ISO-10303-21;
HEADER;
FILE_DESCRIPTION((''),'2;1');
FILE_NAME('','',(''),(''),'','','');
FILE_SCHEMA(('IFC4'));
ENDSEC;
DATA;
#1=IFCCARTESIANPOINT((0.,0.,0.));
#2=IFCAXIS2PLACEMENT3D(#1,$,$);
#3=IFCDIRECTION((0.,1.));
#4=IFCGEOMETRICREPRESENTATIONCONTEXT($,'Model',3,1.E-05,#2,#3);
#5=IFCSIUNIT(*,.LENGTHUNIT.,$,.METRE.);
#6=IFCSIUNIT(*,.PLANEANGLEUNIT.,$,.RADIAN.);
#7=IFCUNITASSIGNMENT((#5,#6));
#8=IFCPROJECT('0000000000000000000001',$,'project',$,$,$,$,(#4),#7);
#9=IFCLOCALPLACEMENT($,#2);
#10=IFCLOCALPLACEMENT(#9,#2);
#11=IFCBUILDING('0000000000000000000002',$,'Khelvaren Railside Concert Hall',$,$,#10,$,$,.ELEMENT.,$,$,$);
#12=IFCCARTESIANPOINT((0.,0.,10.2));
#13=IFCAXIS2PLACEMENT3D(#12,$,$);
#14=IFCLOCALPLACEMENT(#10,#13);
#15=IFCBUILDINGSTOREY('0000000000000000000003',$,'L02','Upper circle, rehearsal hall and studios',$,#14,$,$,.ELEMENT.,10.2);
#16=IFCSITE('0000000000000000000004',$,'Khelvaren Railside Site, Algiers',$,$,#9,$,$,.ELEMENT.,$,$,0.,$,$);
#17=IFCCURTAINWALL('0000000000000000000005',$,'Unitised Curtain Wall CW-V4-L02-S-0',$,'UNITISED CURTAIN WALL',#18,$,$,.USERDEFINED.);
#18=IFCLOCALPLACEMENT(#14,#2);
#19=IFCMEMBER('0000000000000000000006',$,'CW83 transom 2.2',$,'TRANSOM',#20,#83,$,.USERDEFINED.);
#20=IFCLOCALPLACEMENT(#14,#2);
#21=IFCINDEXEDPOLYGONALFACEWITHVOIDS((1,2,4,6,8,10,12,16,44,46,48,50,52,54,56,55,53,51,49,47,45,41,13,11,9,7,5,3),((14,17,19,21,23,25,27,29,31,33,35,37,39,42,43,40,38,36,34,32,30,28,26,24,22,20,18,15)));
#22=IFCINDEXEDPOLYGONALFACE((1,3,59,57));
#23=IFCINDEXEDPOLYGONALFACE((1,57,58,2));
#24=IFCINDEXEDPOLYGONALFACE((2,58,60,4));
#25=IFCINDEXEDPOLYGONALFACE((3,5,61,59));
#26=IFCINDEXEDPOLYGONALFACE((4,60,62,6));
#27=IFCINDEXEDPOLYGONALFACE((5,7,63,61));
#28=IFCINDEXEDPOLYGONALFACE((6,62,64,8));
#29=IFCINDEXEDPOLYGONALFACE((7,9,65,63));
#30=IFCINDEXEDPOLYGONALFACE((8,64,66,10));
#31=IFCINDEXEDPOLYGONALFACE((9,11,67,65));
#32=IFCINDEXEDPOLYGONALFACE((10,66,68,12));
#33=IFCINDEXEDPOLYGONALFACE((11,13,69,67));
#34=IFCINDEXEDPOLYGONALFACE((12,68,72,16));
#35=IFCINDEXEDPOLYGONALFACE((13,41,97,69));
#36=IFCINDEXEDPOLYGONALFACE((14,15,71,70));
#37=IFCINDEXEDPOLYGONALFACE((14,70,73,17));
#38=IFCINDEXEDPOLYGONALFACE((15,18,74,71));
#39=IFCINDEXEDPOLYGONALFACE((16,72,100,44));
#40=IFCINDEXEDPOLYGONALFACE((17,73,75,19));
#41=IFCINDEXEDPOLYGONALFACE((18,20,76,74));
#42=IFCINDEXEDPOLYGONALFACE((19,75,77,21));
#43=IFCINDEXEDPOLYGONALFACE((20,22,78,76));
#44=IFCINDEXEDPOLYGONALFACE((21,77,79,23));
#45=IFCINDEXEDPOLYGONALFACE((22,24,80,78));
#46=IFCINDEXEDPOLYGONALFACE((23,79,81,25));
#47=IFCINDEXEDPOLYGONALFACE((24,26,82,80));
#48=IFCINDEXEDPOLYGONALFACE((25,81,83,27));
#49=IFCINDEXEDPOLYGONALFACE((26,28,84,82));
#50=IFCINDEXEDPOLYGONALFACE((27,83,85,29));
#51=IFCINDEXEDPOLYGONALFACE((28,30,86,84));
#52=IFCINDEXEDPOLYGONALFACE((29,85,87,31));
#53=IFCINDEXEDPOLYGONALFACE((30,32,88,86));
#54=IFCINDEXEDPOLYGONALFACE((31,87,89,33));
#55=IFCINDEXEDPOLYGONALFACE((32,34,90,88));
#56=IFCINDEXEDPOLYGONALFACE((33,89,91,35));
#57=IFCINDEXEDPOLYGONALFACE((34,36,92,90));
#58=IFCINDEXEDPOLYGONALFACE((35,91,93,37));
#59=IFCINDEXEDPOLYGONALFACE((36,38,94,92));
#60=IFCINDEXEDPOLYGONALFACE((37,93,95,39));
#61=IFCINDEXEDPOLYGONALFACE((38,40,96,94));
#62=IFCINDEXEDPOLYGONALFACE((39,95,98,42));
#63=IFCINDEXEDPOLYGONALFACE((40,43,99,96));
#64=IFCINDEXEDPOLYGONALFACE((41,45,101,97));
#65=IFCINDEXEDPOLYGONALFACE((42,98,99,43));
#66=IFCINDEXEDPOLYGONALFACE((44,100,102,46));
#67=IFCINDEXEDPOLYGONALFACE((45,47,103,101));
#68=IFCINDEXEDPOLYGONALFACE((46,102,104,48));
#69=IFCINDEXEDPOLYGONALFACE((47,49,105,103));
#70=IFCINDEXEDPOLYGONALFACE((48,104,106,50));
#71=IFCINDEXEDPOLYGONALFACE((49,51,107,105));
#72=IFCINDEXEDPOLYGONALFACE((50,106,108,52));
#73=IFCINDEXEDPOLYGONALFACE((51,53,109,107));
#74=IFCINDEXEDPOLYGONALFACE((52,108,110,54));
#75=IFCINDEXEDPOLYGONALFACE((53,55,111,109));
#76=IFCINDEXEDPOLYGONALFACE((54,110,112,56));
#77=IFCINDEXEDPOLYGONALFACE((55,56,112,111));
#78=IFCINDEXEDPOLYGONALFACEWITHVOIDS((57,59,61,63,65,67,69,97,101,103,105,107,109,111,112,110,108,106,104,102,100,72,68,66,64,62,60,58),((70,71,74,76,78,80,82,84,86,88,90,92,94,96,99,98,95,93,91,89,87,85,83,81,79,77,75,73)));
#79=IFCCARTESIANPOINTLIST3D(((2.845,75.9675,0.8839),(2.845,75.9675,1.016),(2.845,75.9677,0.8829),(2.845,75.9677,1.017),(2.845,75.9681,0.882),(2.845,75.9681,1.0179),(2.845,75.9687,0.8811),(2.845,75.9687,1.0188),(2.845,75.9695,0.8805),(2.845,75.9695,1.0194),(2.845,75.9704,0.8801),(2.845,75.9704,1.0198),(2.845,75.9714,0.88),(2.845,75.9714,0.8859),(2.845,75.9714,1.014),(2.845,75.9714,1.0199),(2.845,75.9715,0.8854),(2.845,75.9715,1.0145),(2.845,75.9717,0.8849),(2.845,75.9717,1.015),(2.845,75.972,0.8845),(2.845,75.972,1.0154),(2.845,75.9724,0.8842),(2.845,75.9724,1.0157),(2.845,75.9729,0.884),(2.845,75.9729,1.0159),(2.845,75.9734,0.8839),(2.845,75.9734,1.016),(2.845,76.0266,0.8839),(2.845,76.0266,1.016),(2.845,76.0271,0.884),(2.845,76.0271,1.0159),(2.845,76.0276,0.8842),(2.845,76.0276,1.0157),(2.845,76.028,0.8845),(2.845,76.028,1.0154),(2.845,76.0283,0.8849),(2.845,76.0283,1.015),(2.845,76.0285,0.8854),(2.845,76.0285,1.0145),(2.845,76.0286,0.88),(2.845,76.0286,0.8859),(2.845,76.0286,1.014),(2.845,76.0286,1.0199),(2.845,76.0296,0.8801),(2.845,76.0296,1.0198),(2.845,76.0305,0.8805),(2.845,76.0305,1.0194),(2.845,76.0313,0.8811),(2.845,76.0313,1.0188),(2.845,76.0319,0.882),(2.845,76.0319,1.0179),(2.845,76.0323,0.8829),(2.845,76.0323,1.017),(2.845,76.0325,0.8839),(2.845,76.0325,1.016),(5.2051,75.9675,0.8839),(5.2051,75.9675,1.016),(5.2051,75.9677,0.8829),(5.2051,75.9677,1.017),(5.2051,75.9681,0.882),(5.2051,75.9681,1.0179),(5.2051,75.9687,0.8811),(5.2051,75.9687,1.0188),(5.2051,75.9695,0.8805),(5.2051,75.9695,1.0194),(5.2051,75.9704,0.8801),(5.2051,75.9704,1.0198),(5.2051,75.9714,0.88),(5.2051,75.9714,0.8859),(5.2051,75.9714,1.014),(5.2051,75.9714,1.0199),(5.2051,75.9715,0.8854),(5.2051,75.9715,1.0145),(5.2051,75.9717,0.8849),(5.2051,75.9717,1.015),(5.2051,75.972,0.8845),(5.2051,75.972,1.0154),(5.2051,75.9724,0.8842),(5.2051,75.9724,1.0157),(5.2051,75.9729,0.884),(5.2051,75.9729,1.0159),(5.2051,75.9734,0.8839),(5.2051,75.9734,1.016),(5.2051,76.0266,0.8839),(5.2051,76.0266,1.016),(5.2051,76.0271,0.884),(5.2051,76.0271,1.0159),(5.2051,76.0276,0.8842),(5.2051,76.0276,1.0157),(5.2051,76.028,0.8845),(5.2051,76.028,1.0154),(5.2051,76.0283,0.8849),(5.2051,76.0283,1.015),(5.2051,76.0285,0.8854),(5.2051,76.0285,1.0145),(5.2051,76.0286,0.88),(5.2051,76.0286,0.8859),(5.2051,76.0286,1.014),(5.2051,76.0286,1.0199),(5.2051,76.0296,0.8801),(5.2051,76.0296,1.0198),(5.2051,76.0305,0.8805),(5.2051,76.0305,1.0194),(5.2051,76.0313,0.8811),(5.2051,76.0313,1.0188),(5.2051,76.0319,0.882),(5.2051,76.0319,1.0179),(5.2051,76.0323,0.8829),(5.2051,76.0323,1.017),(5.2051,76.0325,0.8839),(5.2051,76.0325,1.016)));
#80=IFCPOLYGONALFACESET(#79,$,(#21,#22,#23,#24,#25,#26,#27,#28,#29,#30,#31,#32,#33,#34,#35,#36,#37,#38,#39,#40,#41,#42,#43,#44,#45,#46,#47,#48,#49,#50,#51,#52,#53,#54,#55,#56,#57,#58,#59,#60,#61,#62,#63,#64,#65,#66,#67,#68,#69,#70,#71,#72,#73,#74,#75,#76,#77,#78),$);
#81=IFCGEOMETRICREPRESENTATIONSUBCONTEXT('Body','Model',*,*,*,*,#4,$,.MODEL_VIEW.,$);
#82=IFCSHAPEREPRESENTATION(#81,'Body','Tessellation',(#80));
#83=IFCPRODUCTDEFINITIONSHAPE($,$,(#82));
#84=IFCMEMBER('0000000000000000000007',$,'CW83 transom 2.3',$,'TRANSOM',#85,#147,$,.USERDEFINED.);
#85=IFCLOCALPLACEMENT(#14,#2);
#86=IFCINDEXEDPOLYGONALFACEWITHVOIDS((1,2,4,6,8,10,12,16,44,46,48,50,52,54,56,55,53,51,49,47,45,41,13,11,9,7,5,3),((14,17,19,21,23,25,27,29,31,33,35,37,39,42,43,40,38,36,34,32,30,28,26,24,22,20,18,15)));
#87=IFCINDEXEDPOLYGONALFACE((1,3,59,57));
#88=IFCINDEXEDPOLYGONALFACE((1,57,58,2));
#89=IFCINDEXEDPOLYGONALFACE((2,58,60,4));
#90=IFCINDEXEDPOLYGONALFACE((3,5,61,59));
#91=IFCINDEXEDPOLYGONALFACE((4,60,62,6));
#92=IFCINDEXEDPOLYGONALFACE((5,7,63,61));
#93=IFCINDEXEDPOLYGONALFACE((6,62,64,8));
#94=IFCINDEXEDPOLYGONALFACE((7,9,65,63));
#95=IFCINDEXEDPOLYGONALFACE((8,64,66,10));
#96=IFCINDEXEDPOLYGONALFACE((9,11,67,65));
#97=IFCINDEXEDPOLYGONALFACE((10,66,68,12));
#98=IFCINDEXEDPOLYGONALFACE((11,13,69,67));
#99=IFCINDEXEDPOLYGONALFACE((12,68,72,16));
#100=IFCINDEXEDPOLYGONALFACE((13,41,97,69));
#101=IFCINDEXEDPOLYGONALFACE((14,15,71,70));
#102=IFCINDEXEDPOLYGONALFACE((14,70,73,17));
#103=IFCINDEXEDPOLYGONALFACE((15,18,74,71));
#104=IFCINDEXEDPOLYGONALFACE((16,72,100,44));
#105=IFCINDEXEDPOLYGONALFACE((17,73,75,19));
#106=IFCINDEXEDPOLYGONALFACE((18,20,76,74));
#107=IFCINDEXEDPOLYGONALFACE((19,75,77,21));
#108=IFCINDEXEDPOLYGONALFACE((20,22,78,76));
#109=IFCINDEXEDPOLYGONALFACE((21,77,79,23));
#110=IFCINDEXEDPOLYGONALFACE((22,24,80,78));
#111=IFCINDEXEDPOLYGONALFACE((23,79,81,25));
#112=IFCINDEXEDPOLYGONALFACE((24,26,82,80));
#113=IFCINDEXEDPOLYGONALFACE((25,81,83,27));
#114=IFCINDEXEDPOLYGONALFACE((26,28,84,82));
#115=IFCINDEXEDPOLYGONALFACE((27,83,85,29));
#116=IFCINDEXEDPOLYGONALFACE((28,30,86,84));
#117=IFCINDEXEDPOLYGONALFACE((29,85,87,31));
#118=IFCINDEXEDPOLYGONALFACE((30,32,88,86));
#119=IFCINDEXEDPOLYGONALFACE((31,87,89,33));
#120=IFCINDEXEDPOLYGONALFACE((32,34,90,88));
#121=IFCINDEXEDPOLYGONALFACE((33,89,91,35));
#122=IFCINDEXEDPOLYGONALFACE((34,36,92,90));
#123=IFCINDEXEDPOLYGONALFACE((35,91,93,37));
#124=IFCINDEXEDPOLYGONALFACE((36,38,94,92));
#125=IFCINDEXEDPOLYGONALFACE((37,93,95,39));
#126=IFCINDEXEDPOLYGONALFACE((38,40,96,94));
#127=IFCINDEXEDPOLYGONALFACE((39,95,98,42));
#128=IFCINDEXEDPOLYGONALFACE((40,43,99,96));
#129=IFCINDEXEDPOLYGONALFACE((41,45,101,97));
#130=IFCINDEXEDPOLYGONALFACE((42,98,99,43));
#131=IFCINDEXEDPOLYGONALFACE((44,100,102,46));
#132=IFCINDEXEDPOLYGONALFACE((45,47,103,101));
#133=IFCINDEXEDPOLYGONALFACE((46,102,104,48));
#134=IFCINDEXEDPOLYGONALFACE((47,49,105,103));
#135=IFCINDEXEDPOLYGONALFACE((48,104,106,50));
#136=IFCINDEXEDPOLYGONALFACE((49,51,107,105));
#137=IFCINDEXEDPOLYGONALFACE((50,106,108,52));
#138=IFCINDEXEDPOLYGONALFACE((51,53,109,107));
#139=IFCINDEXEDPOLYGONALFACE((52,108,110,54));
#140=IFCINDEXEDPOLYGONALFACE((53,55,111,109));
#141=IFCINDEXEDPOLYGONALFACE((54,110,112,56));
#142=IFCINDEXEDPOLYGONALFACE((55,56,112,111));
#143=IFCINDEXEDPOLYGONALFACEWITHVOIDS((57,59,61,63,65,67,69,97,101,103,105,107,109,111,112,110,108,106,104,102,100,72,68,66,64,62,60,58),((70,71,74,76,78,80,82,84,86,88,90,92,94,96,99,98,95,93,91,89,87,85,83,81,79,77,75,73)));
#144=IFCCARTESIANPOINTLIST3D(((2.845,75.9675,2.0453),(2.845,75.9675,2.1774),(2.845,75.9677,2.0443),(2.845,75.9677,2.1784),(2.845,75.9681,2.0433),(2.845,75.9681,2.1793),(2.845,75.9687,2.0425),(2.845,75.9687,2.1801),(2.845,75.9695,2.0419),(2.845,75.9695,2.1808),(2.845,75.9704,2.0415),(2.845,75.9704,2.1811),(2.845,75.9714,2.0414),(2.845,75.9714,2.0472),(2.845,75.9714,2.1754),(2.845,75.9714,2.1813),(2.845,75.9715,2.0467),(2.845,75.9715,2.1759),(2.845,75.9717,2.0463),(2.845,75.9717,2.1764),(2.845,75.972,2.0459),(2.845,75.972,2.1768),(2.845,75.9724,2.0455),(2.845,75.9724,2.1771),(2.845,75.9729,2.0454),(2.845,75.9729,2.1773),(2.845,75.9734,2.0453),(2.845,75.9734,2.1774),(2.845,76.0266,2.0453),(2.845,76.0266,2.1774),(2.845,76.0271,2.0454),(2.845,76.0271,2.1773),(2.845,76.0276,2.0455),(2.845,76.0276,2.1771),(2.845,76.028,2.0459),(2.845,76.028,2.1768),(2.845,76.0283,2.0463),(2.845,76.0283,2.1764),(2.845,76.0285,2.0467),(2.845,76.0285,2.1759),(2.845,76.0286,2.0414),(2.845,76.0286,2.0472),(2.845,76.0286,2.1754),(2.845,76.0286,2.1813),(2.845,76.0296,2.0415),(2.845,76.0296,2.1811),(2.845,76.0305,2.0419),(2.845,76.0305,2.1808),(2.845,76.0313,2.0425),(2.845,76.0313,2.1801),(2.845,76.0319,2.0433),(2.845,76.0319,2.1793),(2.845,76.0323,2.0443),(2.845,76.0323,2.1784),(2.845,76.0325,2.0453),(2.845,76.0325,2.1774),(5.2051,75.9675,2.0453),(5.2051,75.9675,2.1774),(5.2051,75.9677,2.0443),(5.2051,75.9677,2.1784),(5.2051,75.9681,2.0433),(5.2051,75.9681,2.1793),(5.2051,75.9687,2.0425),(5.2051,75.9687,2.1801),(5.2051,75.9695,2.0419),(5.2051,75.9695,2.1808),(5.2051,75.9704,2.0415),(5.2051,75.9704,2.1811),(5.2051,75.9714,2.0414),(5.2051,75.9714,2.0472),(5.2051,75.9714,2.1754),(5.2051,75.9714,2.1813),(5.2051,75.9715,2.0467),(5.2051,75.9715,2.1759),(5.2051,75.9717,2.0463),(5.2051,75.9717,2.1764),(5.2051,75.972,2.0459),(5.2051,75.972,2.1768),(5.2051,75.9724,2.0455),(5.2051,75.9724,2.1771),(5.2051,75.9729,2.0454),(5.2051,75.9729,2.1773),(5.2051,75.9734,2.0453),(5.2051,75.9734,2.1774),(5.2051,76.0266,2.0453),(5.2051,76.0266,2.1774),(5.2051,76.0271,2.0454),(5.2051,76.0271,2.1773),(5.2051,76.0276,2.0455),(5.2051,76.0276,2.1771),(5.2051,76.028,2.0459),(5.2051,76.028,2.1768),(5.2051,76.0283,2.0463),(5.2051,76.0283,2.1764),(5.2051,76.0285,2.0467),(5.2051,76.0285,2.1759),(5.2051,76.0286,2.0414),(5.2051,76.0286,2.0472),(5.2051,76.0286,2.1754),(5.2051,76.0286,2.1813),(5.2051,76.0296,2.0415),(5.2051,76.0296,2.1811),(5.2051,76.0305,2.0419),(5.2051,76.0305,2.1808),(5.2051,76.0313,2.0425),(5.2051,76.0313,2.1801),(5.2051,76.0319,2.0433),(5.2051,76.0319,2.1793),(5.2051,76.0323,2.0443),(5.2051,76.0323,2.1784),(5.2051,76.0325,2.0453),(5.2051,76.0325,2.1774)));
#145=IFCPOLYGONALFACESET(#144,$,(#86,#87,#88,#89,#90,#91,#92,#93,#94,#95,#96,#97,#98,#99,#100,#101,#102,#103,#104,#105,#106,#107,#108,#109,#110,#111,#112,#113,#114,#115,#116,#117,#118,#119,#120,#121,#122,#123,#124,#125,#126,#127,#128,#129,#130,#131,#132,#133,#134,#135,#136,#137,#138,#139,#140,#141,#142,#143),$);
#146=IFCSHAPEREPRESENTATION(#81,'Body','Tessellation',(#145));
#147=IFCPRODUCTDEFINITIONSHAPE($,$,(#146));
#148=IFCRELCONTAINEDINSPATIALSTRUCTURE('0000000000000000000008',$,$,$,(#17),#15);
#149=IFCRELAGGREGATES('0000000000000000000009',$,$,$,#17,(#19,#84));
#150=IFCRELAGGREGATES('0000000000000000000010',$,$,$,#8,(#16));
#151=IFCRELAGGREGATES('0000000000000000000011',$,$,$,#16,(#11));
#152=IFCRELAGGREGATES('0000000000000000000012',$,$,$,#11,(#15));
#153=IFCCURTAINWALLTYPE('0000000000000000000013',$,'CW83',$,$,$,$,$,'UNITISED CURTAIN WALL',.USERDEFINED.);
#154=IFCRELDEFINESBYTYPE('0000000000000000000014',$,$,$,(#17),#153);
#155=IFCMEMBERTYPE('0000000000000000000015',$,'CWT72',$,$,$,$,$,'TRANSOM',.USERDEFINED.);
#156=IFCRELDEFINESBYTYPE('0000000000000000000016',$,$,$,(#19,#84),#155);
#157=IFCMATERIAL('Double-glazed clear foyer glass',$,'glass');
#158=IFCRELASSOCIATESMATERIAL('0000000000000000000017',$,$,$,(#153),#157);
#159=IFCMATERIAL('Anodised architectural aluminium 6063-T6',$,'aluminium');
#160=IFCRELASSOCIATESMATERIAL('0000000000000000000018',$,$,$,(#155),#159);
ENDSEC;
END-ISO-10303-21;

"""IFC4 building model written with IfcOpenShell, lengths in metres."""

from ifc_helpers import new_model, si_unit, direction, frame, origin, origin_2d, place, context, subcontext, project, spatial, hollow_rectangle, extrude, material, material_profile, profile_set, type_object, element, aggregate, save


model = new_model("IFC4")

# Units and contexts
model_context = context("Model", 3, precision=1e-05, world=origin(), true_north=direction((0.0, 1.0)))
body_context = subcontext(model_context, "Body", "Model", "MODEL_VIEW")
ifc_project = project(units=[si_unit("LENGTHUNIT", "METRE"), si_unit("PLANEANGLEUNIT", "RADIAN")], contexts=[model_context])

# Site, building, storey
site_placement = place(None, origin())
site = spatial("IfcSite", under=ifc_project, at=site_placement, Name="Khelvaren Railside Site, Algiers", CompositionType="ELEMENT", RefElevation=0.0)
building_placement = place(site_placement, origin())
building = spatial("IfcBuilding", under=site, at=building_placement, Name="Khelvaren Railside Concert Hall", CompositionType="ELEMENT")
storey_placement = place(building_placement, frame((0.0, 0.0, 10.2)))
storey = spatial("IfcBuildingStorey", under=building, at=storey_placement, Name="L02", Description="Upper circle, rehearsal hall and studios", CompositionType="ELEMENT", Elevation=10.2)

# Curtain wall, members
ifc_material_1 = material(Name="Double-glazed clear foyer glass", Category="glass")
curtain_wall_type = type_object("IfcCurtainWallType", Name="CW83", ElementType="UNITISED CURTAIN WALL", PredefinedType="USERDEFINED", material=ifc_material_1)
curtain_wall_placement = place(storey_placement, origin())
curtain_wall = element("IfcCurtainWall", 1, at=curtain_wall_placement, inside=storey, type_object=curtain_wall_type, Name="Unitised Curtain Wall CW-V4-L02-S-0", ObjectType="UNITISED CURTAIN WALL", PredefinedType="USERDEFINED")
ifc_material_2 = material(Name="Anodised architectural aluminium 6063-T6", Category="aluminium")
ifc_material_profile_1 = material_profile(ifc_material_2, hollow_rectangle(XDim=0.0649, YDim=0.1399, WallThickness=0.0039, InnerFilletRadius=0.002, OuterFilletRadius=0.0039, at=origin_2d()), Name="CWT 65x140x4")
ifc_profile_set_1 = profile_set([ifc_material_profile_1], Name="Anodised architectural aluminium 6063-T6")
member_type_1 = type_object("IfcMemberType", Name="CWT72", ElementType="TRANSOM", PredefinedType="USERDEFINED", material=ifc_profile_set_1)
member_1_placement = place(storey_placement, frame((5.2051, 76.0, 0.95), z_axis=(-1.0, 0.0, 0.0), x_axis=(0.0, -1.0, 0.0)))
member_1 = element("IfcMember", 2, at=member_1_placement, type_object=member_type_1, Name="CW83 transom 2.2", ObjectType="TRANSOM", PredefinedType="USERDEFINED", context=body_context, shape_type="SweptSolid", body=[
    extrude(hollow_rectangle(XDim=0.0649, YDim=0.1399, WallThickness=0.0039, InnerFilletRadius=0.002, OuterFilletRadius=0.0039, at=origin_2d()), origin(), (0.0, 0.0, 1.0), 2.3601),
])
member_2_placement = place(storey_placement, frame((5.2051, 76.0, 2.1113), z_axis=(-1.0, 0.0, 0.0), x_axis=(0.0, -1.0, 0.0)))
member_2 = element("IfcMember", 3, at=member_2_placement, type_object=member_type_1, Name="CW83 transom 2.3", ObjectType="TRANSOM", PredefinedType="USERDEFINED", context=body_context, shape_type="SweptSolid", body=[
    extrude(hollow_rectangle(XDim=0.0649, YDim=0.1399, WallThickness=0.0039, InnerFilletRadius=0.002, OuterFilletRadius=0.0039, at=origin_2d()), origin(), (0.0, 0.0, 1.0), 2.3601),
])
aggregate(curtain_wall, [member_1, member_2])

save(model, "model.ifc")
